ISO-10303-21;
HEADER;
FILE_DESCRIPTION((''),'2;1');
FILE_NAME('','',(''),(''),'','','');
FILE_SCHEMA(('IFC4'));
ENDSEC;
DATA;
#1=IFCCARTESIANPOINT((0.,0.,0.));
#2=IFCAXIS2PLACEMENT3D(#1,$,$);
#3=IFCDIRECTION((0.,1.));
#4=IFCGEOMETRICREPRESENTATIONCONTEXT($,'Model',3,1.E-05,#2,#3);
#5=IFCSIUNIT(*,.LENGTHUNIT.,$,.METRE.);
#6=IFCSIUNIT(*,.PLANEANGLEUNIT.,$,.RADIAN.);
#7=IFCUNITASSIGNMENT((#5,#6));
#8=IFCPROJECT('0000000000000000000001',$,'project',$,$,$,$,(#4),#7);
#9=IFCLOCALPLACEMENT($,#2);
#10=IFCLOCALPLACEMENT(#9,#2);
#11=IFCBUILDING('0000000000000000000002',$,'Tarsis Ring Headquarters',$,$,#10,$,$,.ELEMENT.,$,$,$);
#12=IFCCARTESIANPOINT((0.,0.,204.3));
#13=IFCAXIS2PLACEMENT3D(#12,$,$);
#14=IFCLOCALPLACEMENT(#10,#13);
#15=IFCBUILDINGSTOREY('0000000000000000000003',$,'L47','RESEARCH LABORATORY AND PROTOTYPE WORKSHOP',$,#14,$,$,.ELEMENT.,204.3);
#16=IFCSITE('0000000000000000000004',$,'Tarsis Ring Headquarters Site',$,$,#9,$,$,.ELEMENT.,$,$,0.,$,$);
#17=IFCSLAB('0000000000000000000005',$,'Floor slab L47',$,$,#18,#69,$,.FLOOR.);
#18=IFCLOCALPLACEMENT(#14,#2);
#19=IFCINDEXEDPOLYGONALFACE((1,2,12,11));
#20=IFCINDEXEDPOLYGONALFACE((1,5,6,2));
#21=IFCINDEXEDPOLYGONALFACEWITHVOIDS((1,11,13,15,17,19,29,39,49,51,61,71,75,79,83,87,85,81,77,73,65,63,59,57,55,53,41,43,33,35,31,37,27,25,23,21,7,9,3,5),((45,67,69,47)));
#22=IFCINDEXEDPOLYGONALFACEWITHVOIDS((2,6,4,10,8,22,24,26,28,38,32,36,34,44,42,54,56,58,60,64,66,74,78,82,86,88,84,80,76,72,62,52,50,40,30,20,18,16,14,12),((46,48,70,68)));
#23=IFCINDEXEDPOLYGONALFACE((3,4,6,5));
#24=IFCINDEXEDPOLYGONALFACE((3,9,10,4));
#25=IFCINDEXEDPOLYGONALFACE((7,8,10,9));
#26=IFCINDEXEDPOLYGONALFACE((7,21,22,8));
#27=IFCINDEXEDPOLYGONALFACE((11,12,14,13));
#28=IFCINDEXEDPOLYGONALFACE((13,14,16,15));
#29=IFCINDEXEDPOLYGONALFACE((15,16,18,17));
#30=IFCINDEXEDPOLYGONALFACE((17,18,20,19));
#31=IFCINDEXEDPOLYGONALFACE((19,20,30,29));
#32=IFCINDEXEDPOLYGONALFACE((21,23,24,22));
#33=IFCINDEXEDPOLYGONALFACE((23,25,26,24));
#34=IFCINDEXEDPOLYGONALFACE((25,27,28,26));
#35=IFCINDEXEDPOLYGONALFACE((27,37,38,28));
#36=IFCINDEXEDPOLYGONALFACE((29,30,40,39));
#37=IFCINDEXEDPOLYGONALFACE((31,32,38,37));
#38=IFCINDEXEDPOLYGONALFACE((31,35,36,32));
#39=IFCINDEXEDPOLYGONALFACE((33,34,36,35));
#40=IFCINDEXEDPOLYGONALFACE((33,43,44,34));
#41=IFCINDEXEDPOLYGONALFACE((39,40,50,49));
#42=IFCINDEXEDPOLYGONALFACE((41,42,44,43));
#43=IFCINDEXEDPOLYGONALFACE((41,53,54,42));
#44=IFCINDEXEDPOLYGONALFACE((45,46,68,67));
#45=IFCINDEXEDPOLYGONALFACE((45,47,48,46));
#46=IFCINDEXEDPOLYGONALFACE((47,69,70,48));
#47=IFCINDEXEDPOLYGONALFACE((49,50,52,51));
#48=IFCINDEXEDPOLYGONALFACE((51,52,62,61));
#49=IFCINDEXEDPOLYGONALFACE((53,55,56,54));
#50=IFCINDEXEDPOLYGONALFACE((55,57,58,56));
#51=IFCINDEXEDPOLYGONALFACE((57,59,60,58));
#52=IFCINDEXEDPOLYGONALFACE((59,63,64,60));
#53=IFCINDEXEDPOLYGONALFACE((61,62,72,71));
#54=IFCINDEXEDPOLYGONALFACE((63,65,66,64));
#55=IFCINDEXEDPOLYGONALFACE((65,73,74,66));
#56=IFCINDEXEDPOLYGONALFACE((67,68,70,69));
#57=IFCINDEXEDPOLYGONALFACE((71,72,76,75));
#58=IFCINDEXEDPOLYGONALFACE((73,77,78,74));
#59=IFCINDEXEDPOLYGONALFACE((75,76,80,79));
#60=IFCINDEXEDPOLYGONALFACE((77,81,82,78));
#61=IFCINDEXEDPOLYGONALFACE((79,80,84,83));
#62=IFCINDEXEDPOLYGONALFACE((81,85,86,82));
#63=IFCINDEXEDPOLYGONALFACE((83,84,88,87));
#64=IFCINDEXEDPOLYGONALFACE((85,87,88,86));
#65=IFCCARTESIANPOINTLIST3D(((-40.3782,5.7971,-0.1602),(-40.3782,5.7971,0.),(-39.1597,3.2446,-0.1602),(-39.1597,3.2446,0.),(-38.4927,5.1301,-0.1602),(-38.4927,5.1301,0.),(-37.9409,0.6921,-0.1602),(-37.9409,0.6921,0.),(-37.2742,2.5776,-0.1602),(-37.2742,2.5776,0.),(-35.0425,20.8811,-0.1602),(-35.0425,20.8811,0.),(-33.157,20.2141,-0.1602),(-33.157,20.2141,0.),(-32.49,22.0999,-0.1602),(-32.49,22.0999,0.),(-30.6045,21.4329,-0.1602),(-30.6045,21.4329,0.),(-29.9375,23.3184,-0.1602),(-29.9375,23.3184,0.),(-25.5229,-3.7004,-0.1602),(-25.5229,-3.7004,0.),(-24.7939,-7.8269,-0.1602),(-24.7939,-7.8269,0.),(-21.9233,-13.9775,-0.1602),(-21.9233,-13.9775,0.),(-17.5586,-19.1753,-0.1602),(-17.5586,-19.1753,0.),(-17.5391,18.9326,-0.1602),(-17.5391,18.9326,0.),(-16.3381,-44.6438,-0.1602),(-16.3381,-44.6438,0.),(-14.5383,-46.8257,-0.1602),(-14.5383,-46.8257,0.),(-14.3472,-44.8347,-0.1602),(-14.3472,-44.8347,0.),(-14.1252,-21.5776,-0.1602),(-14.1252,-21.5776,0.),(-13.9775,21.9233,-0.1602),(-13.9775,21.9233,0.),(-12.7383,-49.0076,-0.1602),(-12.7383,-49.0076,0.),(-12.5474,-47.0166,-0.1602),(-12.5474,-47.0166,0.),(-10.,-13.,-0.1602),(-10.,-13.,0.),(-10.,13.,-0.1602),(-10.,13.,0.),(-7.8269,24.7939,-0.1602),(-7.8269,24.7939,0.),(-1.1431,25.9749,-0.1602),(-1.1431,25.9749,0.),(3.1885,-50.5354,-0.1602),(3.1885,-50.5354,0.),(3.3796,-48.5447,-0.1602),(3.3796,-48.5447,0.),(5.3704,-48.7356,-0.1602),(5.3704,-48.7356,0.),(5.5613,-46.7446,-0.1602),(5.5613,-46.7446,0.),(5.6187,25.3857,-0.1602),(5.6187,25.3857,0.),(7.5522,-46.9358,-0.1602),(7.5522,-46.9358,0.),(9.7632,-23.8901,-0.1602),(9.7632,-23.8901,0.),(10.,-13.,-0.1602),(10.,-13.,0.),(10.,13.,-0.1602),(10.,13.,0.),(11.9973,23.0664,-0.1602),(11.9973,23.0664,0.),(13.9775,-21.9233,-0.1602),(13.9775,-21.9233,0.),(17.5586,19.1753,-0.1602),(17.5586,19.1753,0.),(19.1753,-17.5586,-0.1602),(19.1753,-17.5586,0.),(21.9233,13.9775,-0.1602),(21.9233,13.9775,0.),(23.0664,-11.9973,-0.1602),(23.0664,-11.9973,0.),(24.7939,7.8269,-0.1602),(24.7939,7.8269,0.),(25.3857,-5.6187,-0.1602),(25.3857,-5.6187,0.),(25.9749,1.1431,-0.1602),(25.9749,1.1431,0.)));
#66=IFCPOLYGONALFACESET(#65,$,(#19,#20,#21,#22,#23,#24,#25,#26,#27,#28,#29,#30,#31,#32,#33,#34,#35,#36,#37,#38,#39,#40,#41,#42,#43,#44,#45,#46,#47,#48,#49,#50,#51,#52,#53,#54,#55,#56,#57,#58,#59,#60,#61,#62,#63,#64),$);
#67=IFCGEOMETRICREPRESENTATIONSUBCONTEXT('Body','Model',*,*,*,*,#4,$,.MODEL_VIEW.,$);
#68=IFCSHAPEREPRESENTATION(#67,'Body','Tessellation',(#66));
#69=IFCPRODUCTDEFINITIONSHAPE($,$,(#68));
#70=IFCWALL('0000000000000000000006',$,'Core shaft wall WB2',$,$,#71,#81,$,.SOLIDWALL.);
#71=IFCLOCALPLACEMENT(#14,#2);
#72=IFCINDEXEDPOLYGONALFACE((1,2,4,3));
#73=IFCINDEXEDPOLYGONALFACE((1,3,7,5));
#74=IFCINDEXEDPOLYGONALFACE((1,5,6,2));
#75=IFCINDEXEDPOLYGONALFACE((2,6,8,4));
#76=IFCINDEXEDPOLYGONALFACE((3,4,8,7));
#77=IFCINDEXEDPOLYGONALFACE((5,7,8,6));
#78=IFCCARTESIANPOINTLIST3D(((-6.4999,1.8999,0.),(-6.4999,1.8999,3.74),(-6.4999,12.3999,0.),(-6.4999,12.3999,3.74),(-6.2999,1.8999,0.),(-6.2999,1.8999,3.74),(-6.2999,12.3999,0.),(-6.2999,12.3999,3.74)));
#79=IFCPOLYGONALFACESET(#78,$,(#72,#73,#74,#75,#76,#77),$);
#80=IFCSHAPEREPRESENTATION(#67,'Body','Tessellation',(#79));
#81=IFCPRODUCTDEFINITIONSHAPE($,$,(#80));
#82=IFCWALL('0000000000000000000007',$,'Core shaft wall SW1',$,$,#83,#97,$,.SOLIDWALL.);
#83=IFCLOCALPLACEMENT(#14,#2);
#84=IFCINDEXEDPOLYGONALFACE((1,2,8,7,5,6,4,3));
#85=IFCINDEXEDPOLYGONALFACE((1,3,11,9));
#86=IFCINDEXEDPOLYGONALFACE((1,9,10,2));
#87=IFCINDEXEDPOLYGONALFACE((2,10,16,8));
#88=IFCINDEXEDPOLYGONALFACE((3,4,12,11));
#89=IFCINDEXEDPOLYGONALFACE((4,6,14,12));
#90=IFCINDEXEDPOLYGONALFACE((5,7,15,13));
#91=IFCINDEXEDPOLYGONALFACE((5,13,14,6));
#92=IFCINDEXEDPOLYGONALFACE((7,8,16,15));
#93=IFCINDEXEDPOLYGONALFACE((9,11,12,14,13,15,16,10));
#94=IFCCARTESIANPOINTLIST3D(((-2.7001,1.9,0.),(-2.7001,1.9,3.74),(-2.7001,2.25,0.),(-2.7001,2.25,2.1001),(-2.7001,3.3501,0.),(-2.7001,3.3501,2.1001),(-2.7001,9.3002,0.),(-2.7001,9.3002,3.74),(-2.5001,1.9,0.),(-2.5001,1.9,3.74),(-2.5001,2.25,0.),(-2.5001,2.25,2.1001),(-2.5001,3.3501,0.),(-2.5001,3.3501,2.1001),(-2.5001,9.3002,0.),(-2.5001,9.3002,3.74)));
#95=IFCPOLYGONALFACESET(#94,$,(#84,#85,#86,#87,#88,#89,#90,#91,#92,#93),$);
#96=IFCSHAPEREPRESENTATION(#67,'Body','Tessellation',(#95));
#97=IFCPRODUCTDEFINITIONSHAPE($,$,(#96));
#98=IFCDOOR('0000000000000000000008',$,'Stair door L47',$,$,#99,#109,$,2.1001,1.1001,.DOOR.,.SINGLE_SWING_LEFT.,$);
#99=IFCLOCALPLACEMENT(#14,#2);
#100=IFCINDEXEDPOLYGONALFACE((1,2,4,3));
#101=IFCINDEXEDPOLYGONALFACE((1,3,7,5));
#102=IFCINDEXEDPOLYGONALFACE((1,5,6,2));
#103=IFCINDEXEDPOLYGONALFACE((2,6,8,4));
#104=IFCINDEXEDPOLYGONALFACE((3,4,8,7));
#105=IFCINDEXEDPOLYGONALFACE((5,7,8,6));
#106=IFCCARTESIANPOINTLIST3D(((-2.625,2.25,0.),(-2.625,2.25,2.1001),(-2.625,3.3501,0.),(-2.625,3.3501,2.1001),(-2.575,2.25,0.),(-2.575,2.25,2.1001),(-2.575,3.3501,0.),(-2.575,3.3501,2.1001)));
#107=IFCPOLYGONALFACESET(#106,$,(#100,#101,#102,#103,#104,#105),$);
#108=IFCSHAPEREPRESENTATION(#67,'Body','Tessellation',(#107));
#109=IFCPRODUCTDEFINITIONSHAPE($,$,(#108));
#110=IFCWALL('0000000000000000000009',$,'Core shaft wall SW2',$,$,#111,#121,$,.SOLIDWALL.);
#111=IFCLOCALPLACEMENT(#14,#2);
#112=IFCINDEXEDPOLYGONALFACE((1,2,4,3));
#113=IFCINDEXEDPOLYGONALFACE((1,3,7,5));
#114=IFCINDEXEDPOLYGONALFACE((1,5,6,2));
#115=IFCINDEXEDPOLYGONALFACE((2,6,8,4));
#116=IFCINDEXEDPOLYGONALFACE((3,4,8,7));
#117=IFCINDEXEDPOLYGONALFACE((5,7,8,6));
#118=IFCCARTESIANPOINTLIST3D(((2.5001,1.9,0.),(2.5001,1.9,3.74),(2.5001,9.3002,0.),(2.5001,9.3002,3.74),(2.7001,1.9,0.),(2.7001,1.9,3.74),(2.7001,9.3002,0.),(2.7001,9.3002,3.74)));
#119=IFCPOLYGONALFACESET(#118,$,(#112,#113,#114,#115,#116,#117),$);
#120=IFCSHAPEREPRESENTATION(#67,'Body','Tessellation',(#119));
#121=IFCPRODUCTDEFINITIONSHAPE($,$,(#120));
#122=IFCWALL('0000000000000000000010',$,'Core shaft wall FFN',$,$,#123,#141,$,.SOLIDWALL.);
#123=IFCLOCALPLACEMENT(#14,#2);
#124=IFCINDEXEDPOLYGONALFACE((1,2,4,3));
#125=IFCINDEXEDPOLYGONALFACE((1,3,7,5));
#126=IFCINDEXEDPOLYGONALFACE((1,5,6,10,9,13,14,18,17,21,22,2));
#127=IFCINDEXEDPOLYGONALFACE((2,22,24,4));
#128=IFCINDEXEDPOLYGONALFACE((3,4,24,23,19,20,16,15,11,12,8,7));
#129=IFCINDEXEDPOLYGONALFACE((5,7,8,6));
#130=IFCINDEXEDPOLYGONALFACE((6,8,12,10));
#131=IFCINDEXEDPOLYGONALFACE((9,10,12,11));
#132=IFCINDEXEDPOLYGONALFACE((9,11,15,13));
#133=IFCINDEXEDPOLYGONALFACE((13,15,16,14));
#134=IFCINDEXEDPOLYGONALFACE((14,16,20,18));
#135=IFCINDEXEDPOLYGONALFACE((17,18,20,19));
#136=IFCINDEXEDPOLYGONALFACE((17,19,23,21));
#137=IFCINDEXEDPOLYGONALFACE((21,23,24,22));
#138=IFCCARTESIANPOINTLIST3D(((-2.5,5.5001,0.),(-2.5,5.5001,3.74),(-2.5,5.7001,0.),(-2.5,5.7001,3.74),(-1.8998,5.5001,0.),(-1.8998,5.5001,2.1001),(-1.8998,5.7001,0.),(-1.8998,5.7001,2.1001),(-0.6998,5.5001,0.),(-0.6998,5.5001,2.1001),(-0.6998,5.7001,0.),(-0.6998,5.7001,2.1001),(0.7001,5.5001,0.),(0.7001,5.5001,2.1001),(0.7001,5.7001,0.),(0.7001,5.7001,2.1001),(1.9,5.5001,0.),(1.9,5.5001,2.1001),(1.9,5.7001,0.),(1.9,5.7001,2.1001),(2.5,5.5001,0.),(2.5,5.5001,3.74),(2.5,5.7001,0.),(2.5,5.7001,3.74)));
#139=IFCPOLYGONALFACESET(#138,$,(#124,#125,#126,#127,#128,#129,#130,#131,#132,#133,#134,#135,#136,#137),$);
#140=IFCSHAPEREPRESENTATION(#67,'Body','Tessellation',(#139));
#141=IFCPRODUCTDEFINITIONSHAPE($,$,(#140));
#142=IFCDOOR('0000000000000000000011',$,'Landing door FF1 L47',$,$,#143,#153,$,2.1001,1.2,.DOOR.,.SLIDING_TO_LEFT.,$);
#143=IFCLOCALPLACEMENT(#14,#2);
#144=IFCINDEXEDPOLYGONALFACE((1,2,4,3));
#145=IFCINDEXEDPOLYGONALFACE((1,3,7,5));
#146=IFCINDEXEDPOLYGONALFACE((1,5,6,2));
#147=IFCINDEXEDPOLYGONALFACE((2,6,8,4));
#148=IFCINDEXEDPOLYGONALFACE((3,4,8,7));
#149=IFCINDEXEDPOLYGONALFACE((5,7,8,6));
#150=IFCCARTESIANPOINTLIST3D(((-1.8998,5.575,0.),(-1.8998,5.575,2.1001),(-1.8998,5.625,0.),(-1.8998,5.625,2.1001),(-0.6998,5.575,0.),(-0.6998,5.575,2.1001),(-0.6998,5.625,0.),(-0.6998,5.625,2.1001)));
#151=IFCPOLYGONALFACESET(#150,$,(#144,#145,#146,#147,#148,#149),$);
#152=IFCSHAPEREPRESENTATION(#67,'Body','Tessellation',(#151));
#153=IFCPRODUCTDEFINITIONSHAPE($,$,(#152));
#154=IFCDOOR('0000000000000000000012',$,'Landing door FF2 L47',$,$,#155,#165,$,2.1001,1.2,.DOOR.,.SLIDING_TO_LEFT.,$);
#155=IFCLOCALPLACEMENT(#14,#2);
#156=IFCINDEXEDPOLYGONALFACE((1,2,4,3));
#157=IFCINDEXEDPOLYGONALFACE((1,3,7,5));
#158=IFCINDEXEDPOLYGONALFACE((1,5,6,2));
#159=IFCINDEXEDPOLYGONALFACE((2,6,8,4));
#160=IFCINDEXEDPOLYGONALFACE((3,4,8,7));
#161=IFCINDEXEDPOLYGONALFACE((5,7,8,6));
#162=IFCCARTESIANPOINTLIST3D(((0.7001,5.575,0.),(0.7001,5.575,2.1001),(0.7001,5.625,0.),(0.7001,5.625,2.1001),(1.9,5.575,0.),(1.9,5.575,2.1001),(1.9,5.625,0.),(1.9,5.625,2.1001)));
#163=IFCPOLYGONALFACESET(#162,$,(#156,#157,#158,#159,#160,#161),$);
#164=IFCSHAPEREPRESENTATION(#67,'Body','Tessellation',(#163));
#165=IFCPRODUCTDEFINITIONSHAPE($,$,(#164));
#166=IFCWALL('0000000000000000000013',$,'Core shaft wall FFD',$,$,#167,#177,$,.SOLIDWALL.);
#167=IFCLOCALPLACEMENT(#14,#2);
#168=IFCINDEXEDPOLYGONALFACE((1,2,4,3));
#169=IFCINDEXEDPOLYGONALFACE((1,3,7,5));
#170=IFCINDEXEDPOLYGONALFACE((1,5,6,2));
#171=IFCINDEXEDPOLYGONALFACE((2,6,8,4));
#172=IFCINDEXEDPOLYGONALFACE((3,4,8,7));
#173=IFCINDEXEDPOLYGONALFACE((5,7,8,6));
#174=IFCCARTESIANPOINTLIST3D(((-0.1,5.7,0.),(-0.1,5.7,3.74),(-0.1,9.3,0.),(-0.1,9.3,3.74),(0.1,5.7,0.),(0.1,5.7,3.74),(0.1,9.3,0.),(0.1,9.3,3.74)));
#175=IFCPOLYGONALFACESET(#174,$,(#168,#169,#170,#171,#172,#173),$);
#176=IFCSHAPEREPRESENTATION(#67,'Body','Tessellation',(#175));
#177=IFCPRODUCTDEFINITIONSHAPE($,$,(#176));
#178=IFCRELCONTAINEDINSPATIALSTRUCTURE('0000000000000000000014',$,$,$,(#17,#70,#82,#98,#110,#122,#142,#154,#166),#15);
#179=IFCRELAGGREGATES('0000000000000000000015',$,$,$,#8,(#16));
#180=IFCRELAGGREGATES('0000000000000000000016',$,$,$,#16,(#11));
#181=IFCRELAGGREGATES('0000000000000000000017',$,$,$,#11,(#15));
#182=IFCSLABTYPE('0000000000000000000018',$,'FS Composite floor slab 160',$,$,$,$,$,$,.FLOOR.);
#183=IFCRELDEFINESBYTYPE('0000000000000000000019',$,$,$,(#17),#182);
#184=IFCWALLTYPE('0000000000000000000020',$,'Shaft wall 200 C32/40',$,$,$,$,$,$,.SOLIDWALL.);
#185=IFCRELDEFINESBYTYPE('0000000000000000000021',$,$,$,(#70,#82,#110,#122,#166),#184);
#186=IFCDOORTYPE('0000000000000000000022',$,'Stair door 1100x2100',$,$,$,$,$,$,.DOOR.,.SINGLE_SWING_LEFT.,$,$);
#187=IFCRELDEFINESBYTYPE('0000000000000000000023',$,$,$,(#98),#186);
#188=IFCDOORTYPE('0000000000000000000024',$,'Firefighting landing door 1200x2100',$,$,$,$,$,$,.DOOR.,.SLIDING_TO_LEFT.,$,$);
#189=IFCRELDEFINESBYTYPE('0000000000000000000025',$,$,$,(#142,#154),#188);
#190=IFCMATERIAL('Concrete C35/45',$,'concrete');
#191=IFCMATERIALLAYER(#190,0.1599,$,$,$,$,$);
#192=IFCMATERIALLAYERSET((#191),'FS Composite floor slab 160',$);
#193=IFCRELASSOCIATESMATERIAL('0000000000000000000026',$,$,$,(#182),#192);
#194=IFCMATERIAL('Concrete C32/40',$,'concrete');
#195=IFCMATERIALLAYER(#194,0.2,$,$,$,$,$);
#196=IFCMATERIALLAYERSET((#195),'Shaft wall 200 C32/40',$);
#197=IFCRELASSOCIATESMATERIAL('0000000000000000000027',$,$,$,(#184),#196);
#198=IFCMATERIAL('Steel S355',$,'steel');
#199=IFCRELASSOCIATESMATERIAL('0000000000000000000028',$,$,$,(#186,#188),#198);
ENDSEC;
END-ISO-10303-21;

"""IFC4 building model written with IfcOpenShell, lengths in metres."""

from ifc_helpers import new_model, si_unit, direction, frame, frame_2d, origin, place, context, subcontext, project, spatial, polyline, rectangle, outline, extrude, material, layer, layer_set, type_object, element, fill, save


model = new_model("IFC4")

# Units and contexts
model_context = context("Model", 3, precision=1e-05, world=origin(), true_north=direction((0.0, 1.0)))
body_context = subcontext(model_context, "Body", "Model", "MODEL_VIEW")
ifc_project = project(units=[si_unit("LENGTHUNIT", "METRE"), si_unit("PLANEANGLEUNIT", "RADIAN")], contexts=[model_context])

# Site, building, storey
site_placement = place(None, origin())
site = spatial("IfcSite", under=ifc_project, at=site_placement, Name="Tarsis Ring Headquarters Site", CompositionType="ELEMENT", RefElevation=0.0)
building_placement = place(site_placement, origin())
building = spatial("IfcBuilding", under=site, at=building_placement, Name="Tarsis Ring Headquarters", CompositionType="ELEMENT")
storey_placement = place(building_placement, frame((0.0, 0.0, 204.3)))
storey = spatial("IfcBuildingStorey", under=building, at=storey_placement, Name="L47", Description="RESEARCH LABORATORY AND PROTOTYPE WORKSHOP", CompositionType="ELEMENT", Elevation=204.3)

# Slab
ifc_material_1 = material(Name="Concrete C35/45", Category="concrete")
ifc_layer_1 = layer(ifc_material_1, 0.1599)
ifc_layer_set_1 = layer_set([ifc_layer_1], Name="FS Composite floor slab 160")
slab_type_1 = type_object("IfcSlabType", Name="FS Composite floor slab 160", PredefinedType="FLOOR", material=ifc_layer_set_1)
slab_1_placement = place(storey_placement, frame((0.0, 0.0, -0.1602)))
element("IfcSlab", 1, at=slab_1_placement, inside=storey, type_object=slab_type_1, Name="Floor slab L47", PredefinedType="FLOOR", context=body_context, shape_type="SweptSolid", body=[
    extrude(outline(polyline([(-25.5229, -3.7004), (-24.7939, -7.8269), (-21.9233, -13.9775), (-17.5586, -19.1753), (-14.1252, -21.5776), (-16.3381, -44.6438), (-14.3472, -44.8347), (-14.5383, -46.8257), (-12.5474, -47.0166), (-12.7383, -49.0076), (3.1885, -50.5354), (3.3796, -48.5447), (5.3704, -48.7356), (5.5613, -46.7446), (7.5522, -46.9358), (9.7632, -23.8901), (13.9775, -21.9233), (19.1753, -17.5586), (23.0664, -11.9973), (25.3857, -5.6187), (25.9749, 1.1431), (24.7939, 7.8269), (21.9233, 13.9775), (17.5586, 19.1753), (11.9973, 23.0664), (5.6187, 25.3857), (-1.1431, 25.9749), (-7.8269, 24.7939), (-13.9775, 21.9233), (-17.5391, 18.9326), (-29.9375, 23.3184), (-30.6045, 21.4329), (-32.49, 22.0999), (-33.157, 20.2141), (-35.0425, 20.8811), (-40.3782, 5.7971), (-38.4927, 5.1301), (-39.1597, 3.2446), (-37.2742, 2.5776), (-37.9409, 0.6921), (-25.5229, -3.7004)]), holes=[polyline([(-10.0, -13.0), (-10.0, 13.0), (10.0, 13.0), (10.0, -13.0), (-10.0, -13.0)])]), origin(), (0.0, 0.0, 1.0), 0.1602),
])

# Wall
ifc_material_2 = material(Name="Concrete C32/40", Category="concrete")
ifc_layer_2 = layer(ifc_material_2, 0.2)
ifc_layer_set_2 = layer_set([ifc_layer_2], Name="Shaft wall 200 C32/40")
wall_type = type_object("IfcWallType", Name="Shaft wall 200 C32/40", PredefinedType="SOLIDWALL", material=ifc_layer_set_2)
wall_1_placement = place(storey_placement, frame((-6.3999, 1.8999, 0.0), z_axis=(0.0, 0.0, 1.0), x_axis=(0.0, 1.0, 0.0)))
element("IfcWall", 2, at=wall_1_placement, inside=storey, type_object=wall_type, Name="Core shaft wall WB2", PredefinedType="SOLIDWALL", context=body_context, shape_type="SweptSolid", body=[
    extrude(rectangle(XDim=10.5, YDim=0.2, at=frame_2d((5.25, 0.0))), origin(), (0.0, 0.0, 1.0), 3.74),
])

# Wall, opening, door
wall_2_placement = place(storey_placement, frame((-2.6001, 1.8999, 0.0), z_axis=(0.0, 0.0, 1.0), x_axis=(0.0, 1.0, 0.0)))
wall_2 = element("IfcWall", 3, at=wall_2_placement, inside=storey, type_object=wall_type, Name="Core shaft wall SW1", PredefinedType="SOLIDWALL", context=body_context, shape_type="SweptSolid", body=[
    extrude(rectangle(XDim=7.4001, YDim=0.2, at=frame_2d((3.7002, 0.0))), origin(), (0.0, 0.0, 1.0), 3.74),
])
opening_1_placement = place(wall_2_placement, frame((0.3501, 0.0, 0.0)))
opening_1 = element("IfcOpeningElement", 4, at=opening_1_placement, cuts=wall_2, PredefinedType="OPENING", context=body_context, shape_type="SweptSolid", body=[
    extrude(rectangle(XDim=1.1001, YDim=2.1001, at=frame_2d((0.55, 1.05))), frame((0.0, 0.1099, 0.0), z_axis=(0.0, -1.0, 0.0), x_axis=(1.0, 0.0, 0.0)), (0.0, 0.0, 1.0), 0.22),
])
ifc_material_3 = material(Name="Steel S355", Category="steel")
door_type_1 = type_object("IfcDoorType", Name="Stair door 1100x2100", OperationType="SINGLE_SWING_LEFT", PredefinedType="DOOR", material=ifc_material_3)
door_1_placement = place(opening_1_placement, origin())
door_1 = element("IfcDoor", 5, at=door_1_placement, inside=storey, type_object=door_type_1, Name="Stair door L47", OperationType="SINGLE_SWING_LEFT", OverallHeight=2.1001, OverallWidth=1.1001, PredefinedType="DOOR", context=body_context, shape_type="SweptSolid", body=[
    extrude(rectangle(XDim=1.1001, YDim=2.1001, at=frame_2d((0.55, 1.05))), frame((0.0, 0.0249, 0.0), z_axis=(0.0, -1.0, 0.0), x_axis=(1.0, 0.0, 0.0)), (0.0, 0.0, 1.0), 0.05),
])
fill(opening_1, door_1)

# Wall
wall_3_placement = place(storey_placement, frame((2.6001, 1.8999, 0.0), z_axis=(0.0, 0.0, 1.0), x_axis=(0.0, 1.0, 0.0)))
element("IfcWall", 6, at=wall_3_placement, inside=storey, type_object=wall_type, Name="Core shaft wall SW2", PredefinedType="SOLIDWALL", context=body_context, shape_type="SweptSolid", body=[
    extrude(rectangle(XDim=7.4001, YDim=0.2, at=frame_2d((3.7002, 0.0))), origin(), (0.0, 0.0, 1.0), 3.74),
])

# Wall, openings, doors
wall_4_placement = place(storey_placement, frame((-2.5, 5.6001, 0.0), z_axis=(0.0, 0.0, 1.0), x_axis=(1.0, 0.0, 0.0)))
wall_4 = element("IfcWall", 7, at=wall_4_placement, inside=storey, type_object=wall_type, Name="Core shaft wall FFN", PredefinedType="SOLIDWALL", context=body_context, shape_type="SweptSolid", body=[
    extrude(rectangle(XDim=5.0, YDim=0.2, at=frame_2d((2.5, 0.0))), origin(), (0.0, 0.0, 1.0), 3.74),
])
opening_2_placement = place(wall_4_placement, frame((0.6001, 0.0, 0.0)))
opening_2 = element("IfcOpeningElement", 8, at=opening_2_placement, cuts=wall_4, PredefinedType="OPENING", context=body_context, shape_type="SweptSolid", body=[
    extrude(rectangle(XDim=1.2, YDim=2.1001, at=frame_2d((0.6001, 1.05))), frame((0.0, 0.1099, 0.0), z_axis=(0.0, -1.0, 0.0), x_axis=(1.0, 0.0, 0.0)), (0.0, 0.0, 1.0), 0.22),
])
opening_3_placement = place(wall_4_placement, frame((3.2, 0.0, 0.0)))
opening_3 = element("IfcOpeningElement", 9, at=opening_3_placement, cuts=wall_4, PredefinedType="OPENING", context=body_context, shape_type="SweptSolid", body=[
    extrude(rectangle(XDim=1.2, YDim=2.1001, at=frame_2d((0.6001, 1.05))), frame((0.0, 0.1099, 0.0), z_axis=(0.0, -1.0, 0.0), x_axis=(1.0, 0.0, 0.0)), (0.0, 0.0, 1.0), 0.22),
])
door_type_2 = type_object("IfcDoorType", Name="Firefighting landing door 1200x2100", OperationType="SLIDING_TO_LEFT", PredefinedType="DOOR", material=ifc_material_3)
door_2_placement = place(opening_2_placement, origin())
door_2 = element("IfcDoor", 10, at=door_2_placement, inside=storey, type_object=door_type_2, Name="Landing door FF1 L47", OperationType="SLIDING_TO_LEFT", OverallHeight=2.1001, OverallWidth=1.2, PredefinedType="DOOR", context=body_context, shape_type="SweptSolid", body=[
    extrude(rectangle(XDim=1.2, YDim=2.1001, at=frame_2d((0.6001, 1.05))), frame((0.0, 0.0249, 0.0), z_axis=(0.0, -1.0, 0.0), x_axis=(1.0, 0.0, 0.0)), (0.0, 0.0, 1.0), 0.05),
])
fill(opening_2, door_2)
door_3_placement = place(opening_3_placement, origin())
door_3 = element("IfcDoor", 11, at=door_3_placement, inside=storey, type_object=door_type_2, Name="Landing door FF2 L47", OperationType="SLIDING_TO_LEFT", OverallHeight=2.1001, OverallWidth=1.2, PredefinedType="DOOR", context=body_context, shape_type="SweptSolid", body=[
    extrude(rectangle(XDim=1.2, YDim=2.1001, at=frame_2d((0.6001, 1.05))), frame((0.0, 0.0249, 0.0), z_axis=(0.0, -1.0, 0.0), x_axis=(1.0, 0.0, 0.0)), (0.0, 0.0, 1.0), 0.05),
])
fill(opening_3, door_3)

# Wall
wall_5_placement = place(storey_placement, frame((0.0, 5.7, 0.0), z_axis=(0.0, 0.0, 1.0), x_axis=(0.0, 1.0, 0.0)))
element("IfcWall", 12, at=wall_5_placement, inside=storey, type_object=wall_type, Name="Core shaft wall FFD", PredefinedType="SOLIDWALL", context=body_context, shape_type="SweptSolid", body=[
    extrude(rectangle(XDim=3.6001, YDim=0.2, at=frame_2d((1.8, 0.0))), origin(), (0.0, 0.0, 1.0), 3.74),
])

save(model, "model.ifc")
